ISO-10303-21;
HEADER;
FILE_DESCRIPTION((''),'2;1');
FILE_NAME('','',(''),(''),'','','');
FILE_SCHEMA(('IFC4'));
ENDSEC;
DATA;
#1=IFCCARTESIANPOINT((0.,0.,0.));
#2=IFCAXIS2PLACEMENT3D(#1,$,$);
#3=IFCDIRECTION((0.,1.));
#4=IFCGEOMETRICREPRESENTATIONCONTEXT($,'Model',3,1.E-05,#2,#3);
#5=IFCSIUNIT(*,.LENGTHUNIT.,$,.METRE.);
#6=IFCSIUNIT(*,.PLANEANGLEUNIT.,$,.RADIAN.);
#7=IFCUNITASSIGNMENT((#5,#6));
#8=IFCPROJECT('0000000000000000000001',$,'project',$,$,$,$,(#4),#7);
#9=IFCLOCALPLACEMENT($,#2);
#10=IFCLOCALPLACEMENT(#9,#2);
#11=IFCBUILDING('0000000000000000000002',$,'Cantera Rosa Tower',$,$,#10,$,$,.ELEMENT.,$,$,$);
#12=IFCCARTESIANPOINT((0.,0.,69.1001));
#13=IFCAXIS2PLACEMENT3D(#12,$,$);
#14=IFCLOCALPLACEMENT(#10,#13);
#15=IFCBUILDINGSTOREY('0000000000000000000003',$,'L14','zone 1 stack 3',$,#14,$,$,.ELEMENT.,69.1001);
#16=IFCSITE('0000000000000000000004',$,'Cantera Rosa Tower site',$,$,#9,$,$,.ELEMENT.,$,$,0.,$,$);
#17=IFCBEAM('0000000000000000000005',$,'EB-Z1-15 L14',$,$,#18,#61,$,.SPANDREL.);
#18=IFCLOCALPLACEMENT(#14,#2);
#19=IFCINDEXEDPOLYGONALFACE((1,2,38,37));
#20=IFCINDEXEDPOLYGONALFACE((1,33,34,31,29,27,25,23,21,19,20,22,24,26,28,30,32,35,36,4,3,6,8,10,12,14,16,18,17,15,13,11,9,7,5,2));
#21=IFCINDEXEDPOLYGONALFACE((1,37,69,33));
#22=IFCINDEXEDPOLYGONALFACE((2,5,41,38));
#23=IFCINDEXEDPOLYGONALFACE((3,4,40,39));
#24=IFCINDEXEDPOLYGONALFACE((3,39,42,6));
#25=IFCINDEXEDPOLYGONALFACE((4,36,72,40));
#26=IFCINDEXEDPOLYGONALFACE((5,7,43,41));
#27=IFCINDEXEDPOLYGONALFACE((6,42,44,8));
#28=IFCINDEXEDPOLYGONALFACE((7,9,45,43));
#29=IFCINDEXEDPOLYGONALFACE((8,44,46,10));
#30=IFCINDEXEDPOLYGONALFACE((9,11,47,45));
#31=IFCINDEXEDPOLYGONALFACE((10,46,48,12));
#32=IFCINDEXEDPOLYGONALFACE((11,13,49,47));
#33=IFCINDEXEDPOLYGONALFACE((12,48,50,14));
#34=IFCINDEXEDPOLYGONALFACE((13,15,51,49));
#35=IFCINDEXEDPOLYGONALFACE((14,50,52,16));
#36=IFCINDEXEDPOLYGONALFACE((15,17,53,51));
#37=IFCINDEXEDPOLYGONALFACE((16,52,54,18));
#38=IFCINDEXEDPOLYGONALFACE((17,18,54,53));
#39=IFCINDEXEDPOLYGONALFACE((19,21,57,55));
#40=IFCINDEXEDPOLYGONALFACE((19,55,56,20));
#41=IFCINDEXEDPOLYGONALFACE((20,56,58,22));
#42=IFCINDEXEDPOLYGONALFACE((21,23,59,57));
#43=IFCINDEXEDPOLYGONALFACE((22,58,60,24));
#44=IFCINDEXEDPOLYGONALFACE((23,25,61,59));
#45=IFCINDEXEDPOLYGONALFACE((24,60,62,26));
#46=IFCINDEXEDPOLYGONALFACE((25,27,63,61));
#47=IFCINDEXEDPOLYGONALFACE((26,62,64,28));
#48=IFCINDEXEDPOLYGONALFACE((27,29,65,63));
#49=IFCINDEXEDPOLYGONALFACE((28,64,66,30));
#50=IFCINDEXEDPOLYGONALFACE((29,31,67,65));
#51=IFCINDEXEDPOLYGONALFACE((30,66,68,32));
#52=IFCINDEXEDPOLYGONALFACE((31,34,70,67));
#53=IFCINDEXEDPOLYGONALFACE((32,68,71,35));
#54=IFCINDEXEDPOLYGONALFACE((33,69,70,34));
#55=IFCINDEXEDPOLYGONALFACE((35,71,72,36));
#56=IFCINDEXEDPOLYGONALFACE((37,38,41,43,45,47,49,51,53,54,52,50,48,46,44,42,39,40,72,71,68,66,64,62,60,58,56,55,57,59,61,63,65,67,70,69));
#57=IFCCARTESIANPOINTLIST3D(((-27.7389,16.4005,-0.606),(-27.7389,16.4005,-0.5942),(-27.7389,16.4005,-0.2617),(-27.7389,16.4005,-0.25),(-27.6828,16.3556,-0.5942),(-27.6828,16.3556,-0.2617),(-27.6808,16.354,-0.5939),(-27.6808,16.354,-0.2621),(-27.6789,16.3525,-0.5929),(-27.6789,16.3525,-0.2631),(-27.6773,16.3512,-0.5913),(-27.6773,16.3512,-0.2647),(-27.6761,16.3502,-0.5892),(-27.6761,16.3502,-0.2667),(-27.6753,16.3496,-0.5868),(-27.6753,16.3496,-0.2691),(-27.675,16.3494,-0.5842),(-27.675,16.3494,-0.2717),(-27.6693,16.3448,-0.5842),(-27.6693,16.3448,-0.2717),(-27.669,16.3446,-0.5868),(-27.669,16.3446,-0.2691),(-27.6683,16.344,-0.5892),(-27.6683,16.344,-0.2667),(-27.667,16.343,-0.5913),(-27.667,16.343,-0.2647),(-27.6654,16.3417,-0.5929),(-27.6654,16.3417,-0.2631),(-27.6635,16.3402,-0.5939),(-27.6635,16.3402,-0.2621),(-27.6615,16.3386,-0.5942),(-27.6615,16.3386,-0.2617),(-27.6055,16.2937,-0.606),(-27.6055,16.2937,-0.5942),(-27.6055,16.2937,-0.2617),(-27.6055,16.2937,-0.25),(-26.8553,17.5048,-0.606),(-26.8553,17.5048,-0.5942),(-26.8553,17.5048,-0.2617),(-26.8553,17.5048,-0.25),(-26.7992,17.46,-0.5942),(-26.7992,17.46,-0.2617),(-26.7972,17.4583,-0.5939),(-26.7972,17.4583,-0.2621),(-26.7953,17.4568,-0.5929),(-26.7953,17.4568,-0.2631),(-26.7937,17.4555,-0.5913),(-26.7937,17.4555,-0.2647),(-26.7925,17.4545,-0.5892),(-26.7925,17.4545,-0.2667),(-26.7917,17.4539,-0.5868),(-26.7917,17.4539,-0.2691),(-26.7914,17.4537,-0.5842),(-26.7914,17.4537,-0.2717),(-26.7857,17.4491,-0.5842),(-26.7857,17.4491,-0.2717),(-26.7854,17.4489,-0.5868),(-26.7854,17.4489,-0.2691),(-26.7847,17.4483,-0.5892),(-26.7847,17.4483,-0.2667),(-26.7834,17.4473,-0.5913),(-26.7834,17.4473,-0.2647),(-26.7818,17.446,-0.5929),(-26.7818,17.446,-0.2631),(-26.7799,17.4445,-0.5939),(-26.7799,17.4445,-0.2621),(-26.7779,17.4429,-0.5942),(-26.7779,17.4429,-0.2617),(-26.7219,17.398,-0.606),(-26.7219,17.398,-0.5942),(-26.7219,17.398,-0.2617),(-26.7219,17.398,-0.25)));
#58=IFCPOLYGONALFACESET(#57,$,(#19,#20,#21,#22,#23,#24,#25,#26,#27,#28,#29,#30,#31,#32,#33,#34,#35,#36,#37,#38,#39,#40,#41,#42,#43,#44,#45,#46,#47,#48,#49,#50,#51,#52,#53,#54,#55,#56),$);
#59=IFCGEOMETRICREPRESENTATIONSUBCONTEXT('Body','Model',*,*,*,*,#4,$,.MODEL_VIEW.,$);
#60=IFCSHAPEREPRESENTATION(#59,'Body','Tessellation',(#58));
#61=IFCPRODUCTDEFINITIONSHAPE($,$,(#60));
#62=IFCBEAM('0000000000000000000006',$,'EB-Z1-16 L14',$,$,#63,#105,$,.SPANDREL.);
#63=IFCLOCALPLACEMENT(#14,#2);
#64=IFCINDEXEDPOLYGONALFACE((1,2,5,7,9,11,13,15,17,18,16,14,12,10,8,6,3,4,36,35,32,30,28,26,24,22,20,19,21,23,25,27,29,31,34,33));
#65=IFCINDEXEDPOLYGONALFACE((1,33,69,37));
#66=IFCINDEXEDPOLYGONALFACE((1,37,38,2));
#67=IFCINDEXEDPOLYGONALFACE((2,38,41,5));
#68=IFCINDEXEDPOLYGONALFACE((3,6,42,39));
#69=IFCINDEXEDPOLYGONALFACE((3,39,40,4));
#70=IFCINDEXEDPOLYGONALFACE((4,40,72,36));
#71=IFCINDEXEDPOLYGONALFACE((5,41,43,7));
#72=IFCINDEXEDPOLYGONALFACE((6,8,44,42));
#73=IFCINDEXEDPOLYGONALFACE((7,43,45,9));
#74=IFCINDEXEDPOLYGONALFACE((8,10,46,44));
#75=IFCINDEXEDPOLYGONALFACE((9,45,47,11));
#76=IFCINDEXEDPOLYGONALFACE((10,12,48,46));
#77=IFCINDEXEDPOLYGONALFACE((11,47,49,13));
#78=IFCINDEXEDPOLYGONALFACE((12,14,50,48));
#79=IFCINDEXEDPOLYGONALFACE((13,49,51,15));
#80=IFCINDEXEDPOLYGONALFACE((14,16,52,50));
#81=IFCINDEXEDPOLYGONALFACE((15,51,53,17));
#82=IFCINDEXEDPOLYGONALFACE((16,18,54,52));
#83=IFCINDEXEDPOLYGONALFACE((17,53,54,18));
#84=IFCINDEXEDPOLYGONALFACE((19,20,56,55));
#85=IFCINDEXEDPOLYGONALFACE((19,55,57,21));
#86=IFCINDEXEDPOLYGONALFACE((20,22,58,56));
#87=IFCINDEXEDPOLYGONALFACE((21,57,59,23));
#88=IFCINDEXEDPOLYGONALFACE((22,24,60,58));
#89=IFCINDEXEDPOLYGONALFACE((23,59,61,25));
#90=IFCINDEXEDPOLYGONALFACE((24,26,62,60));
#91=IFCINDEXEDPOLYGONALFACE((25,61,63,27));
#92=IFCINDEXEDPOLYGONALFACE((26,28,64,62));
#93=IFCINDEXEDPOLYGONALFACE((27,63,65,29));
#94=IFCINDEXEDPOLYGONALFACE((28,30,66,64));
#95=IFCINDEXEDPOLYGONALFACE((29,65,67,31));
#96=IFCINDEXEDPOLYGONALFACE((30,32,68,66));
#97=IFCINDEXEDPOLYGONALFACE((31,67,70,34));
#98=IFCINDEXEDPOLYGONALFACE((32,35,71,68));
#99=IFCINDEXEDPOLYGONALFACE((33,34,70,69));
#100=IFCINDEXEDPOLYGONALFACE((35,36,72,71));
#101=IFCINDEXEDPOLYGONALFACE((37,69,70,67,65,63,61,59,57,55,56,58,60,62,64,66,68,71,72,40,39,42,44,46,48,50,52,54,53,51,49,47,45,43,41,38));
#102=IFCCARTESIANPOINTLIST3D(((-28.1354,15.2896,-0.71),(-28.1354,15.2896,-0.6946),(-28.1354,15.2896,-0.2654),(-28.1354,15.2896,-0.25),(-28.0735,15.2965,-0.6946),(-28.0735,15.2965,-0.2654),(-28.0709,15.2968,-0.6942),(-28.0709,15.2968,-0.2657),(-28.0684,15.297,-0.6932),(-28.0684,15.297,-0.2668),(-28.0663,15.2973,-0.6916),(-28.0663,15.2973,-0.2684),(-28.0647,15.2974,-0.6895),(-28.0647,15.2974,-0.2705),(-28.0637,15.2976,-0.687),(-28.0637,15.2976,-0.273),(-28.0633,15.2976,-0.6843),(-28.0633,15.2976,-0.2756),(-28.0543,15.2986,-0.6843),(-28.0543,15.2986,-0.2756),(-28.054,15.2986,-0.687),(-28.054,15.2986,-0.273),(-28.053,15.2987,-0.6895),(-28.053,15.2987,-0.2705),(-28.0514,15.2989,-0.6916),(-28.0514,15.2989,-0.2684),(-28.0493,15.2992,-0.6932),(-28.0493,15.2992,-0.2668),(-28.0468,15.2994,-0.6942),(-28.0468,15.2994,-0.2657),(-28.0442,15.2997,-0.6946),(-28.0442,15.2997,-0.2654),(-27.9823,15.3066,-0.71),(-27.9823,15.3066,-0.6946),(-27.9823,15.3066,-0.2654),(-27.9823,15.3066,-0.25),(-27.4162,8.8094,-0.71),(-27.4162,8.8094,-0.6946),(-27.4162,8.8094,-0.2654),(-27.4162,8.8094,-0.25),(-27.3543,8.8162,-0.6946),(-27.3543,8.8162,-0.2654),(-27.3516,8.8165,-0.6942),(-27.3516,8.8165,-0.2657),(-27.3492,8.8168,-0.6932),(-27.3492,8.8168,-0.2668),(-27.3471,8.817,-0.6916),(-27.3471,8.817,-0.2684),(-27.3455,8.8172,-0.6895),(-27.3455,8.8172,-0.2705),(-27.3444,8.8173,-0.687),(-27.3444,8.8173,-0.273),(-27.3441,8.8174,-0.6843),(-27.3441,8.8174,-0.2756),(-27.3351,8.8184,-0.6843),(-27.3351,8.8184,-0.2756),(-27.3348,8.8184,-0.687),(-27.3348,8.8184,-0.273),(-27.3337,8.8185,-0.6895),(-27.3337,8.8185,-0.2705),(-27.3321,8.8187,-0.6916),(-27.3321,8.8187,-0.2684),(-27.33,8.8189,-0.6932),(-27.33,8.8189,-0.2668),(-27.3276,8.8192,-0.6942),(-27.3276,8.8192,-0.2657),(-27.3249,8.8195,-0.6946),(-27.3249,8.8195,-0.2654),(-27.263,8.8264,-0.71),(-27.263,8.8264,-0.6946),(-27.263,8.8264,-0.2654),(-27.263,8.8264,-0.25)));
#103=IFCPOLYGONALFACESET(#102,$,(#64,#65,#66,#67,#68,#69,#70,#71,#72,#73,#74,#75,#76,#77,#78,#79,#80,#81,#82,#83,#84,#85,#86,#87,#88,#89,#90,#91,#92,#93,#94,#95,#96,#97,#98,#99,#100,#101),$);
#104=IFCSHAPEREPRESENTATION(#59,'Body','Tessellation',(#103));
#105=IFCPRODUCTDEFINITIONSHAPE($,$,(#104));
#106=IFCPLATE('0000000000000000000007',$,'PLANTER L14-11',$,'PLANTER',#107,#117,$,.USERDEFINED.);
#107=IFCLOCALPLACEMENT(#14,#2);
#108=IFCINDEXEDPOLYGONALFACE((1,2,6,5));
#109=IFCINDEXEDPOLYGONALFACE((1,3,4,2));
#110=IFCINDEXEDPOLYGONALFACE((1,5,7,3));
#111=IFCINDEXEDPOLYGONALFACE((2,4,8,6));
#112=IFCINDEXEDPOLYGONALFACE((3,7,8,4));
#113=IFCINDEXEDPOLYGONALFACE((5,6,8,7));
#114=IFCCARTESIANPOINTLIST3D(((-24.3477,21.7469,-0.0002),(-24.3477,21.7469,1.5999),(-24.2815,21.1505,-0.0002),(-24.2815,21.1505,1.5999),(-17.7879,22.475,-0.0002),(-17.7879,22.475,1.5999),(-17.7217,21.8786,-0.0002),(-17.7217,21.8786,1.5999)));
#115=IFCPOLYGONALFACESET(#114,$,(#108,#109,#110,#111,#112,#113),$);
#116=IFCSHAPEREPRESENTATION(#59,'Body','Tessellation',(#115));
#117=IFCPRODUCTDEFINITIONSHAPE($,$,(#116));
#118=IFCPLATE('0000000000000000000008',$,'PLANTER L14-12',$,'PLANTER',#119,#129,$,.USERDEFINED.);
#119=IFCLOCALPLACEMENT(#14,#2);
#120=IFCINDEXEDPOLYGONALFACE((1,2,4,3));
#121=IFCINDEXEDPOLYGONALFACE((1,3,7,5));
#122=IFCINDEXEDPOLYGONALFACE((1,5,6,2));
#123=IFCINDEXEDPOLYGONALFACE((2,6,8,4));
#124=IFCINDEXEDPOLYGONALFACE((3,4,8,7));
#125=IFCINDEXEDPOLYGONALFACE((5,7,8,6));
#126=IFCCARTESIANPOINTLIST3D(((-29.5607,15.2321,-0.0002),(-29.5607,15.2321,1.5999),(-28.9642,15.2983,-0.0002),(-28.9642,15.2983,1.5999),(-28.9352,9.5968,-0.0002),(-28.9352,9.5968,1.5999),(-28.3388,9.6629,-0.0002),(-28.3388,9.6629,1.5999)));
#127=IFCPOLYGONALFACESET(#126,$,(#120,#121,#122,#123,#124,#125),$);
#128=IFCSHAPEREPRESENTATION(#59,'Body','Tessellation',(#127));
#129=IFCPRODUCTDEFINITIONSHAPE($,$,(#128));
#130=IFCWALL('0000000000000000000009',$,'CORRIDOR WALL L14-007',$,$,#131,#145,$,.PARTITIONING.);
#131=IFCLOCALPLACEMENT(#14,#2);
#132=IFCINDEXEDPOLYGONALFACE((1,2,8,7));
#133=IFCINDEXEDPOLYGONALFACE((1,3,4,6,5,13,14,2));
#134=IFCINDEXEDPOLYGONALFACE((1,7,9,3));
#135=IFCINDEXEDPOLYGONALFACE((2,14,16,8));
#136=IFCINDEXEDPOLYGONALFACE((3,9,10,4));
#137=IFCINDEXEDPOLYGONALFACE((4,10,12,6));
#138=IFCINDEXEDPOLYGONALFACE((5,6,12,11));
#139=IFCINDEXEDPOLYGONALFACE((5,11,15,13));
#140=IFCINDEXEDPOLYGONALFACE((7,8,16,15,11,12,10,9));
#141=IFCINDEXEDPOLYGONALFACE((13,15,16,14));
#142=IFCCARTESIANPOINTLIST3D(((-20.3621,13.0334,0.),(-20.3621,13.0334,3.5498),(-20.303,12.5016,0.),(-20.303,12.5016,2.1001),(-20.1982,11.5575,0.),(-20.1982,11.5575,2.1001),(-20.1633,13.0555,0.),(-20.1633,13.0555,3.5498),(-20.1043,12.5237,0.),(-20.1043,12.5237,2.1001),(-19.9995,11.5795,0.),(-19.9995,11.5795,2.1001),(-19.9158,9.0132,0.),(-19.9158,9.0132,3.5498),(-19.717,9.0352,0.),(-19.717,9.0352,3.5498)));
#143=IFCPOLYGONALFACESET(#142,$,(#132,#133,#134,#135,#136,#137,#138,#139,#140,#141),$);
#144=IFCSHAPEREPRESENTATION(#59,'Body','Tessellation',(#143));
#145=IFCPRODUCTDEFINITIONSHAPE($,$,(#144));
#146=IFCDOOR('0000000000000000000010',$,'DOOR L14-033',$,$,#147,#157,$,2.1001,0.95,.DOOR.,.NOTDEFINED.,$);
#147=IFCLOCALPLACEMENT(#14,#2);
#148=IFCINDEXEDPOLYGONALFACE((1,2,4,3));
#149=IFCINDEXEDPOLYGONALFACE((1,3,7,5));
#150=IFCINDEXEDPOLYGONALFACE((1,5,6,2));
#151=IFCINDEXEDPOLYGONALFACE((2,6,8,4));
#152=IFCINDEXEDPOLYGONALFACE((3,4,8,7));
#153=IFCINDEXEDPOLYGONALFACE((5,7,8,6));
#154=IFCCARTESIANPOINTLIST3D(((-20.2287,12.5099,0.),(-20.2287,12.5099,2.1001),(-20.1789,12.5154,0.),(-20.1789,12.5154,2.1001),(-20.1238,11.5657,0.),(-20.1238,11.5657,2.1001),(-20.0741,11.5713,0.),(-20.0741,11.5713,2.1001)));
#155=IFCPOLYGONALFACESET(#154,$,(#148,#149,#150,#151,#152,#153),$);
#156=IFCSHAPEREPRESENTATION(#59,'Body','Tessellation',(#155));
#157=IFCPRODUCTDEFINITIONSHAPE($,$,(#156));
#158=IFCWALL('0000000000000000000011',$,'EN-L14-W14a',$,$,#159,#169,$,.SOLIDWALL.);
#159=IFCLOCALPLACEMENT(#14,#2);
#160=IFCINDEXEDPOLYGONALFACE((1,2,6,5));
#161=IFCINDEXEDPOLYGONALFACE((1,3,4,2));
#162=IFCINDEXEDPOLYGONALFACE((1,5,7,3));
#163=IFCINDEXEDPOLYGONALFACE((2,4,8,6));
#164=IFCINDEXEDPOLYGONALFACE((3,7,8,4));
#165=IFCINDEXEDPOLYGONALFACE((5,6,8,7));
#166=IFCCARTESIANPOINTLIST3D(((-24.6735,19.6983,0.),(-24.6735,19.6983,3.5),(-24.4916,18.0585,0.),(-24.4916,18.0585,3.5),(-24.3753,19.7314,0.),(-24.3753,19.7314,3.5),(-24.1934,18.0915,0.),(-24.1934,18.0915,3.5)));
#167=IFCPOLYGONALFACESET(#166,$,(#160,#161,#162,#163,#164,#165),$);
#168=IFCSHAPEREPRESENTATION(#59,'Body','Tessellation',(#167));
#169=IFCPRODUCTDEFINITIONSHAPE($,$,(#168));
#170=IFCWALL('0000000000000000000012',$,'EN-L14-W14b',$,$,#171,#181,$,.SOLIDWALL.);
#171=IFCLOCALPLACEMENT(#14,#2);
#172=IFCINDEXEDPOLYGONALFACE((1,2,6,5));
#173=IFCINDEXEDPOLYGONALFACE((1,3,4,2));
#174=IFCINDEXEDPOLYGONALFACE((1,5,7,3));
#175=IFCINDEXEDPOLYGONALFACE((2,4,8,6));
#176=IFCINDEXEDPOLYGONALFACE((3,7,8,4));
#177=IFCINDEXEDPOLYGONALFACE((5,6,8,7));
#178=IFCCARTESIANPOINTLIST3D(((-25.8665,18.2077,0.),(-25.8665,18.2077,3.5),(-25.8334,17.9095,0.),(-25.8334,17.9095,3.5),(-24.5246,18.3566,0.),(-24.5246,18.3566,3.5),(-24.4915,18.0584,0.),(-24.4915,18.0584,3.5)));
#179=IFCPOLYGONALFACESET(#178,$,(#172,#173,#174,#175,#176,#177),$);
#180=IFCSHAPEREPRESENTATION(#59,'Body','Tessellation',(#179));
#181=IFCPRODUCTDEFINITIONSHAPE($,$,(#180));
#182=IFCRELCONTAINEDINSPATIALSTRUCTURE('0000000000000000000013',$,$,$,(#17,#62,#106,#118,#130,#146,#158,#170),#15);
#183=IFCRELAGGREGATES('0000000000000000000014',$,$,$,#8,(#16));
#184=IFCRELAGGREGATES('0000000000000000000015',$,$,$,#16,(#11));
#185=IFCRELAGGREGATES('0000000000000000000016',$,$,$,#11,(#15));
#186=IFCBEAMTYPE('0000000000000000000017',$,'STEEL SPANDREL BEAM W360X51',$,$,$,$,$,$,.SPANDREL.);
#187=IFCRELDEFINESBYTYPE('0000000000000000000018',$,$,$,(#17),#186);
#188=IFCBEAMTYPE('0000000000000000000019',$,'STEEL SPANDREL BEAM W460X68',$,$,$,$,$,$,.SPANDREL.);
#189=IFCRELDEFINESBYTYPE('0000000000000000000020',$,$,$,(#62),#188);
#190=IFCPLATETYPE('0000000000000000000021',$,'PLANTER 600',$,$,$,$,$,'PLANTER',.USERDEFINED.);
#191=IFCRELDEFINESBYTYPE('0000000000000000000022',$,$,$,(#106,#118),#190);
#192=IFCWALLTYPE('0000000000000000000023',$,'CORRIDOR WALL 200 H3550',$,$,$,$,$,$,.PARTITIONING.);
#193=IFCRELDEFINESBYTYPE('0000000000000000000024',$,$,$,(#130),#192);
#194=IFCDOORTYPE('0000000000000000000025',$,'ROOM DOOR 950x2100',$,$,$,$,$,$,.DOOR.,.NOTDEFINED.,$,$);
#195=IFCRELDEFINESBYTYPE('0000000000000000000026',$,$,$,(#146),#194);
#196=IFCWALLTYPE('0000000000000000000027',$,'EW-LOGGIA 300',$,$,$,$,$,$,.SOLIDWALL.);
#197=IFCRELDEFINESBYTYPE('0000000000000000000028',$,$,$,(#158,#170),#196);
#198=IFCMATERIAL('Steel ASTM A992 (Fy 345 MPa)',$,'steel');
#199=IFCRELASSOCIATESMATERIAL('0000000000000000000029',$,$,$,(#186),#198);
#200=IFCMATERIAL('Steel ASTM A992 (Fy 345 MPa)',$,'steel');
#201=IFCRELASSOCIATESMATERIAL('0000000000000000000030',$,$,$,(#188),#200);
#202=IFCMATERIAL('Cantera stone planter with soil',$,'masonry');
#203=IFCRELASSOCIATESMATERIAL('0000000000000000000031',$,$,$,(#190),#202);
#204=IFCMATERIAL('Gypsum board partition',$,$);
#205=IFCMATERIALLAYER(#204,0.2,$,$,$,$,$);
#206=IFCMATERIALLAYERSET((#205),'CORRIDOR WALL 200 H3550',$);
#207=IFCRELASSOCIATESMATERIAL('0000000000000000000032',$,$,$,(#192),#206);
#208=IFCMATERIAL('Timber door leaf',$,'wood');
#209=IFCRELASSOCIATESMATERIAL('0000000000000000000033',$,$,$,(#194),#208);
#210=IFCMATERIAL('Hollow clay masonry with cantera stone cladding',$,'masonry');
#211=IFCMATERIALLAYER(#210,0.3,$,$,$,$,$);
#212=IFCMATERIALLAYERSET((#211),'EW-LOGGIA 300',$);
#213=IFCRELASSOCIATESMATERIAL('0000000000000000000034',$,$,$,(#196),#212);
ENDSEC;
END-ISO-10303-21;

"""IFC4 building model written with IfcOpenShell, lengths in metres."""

from ifc_helpers import new_model, si_unit, direction, frame, frame_2d, origin, origin_2d, place, context, subcontext, project, spatial, rectangle, i_section, extrude, material, layer, layer_set, material_profile, profile_set, type_object, element, fill, save


model = new_model("IFC4")

# Units and contexts
model_context = context("Model", 3, precision=1e-05, world=origin(), true_north=direction((0.0, 1.0)))
body_context = subcontext(model_context, "Body", "Model", "MODEL_VIEW")
ifc_project = project(units=[si_unit("LENGTHUNIT", "METRE"), si_unit("PLANEANGLEUNIT", "RADIAN")], contexts=[model_context])

# Site, building, storey
site_placement = place(None, origin())
site = spatial("IfcSite", under=ifc_project, at=site_placement, Name="Cantera Rosa Tower site", CompositionType="ELEMENT", RefElevation=0.0)
building_placement = place(site_placement, origin())
building = spatial("IfcBuilding", under=site, at=building_placement, Name="Cantera Rosa Tower", CompositionType="ELEMENT")
storey_placement = place(building_placement, frame((0.0, 0.0, 69.1001)))
storey = spatial("IfcBuildingStorey", under=building, at=storey_placement, Name="L14", Description="zone 1 stack 3", CompositionType="ELEMENT", Elevation=69.1001)

# Beams
ifc_material_1 = material(Name="Steel ASTM A992 (Fy 345 MPa)", Category="steel")
ifc_material_profile_1 = material_profile(ifc_material_1, i_section(OverallWidth=0.1709, OverallDepth=0.356, WebThickness=0.0073, FlangeThickness=0.0117, FilletRadius=0.01, at=origin_2d()), Name="W360X51")
ifc_profile_set_1 = profile_set([ifc_material_profile_1], Name="Steel ASTM A992 (Fy 345 MPa)")
beam_type_1 = type_object("IfcBeamType", Name="STEEL SPANDREL BEAM W360X51", PredefinedType="SPANDREL", material=ifc_profile_set_1)
for number, where, z_axis, x_axis, name in (
    (1, (-26.7886, 17.4514, -0.428), (-0.624758, -0.780818, 0.0), (0.780818, -0.624758, 0.0), "EB-Z1-15 L14"),
):
    element("IfcBeam", number, at=place(storey_placement, frame(where, z_axis=z_axis, x_axis=x_axis)), inside=storey, type_object=beam_type_1, Name=name, PredefinedType="SPANDREL", context=body_context, shape_type="SweptSolid", body=[
        extrude(i_section(OverallWidth=0.1709, OverallDepth=0.356, WebThickness=0.0073, FlangeThickness=0.0117, FilletRadius=0.01, at=origin_2d()), origin(), (0.0, 0.0, 1.0), 1.4143),
    ])
ifc_material_2 = material(Name="Steel ASTM A992 (Fy 345 MPa)", Category="steel")
ifc_material_profile_2 = material_profile(ifc_material_2, i_section(OverallWidth=0.1541, OverallDepth=0.46, WebThickness=0.009, FlangeThickness=0.0154, FilletRadius=0.0103, at=origin_2d()), Name="W460X68")
ifc_profile_set_2 = profile_set([ifc_material_profile_2], Name="Steel ASTM A992 (Fy 345 MPa)")
beam_type_2 = type_object("IfcBeamType", Name="STEEL SPANDREL BEAM W460X68", PredefinedType="SPANDREL", material=ifc_profile_set_2)
beam_1_placement = place(storey_placement, frame((-28.0588, 15.2981, -0.48), z_axis=(0.110312, -0.993897, 0.0), x_axis=(0.993897, 0.110312, 0.0)))
element("IfcBeam", 2, at=beam_1_placement, inside=storey, type_object=beam_type_2, Name="EB-Z1-16 L14", PredefinedType="SPANDREL", context=body_context, shape_type="SweptSolid", body=[
    extrude(i_section(OverallWidth=0.1541, OverallDepth=0.46, WebThickness=0.009, FlangeThickness=0.0154, FilletRadius=0.0103, at=origin_2d()), origin(), (0.0, 0.0, 1.0), 6.52),
])

# Plates
ifc_material_3 = material(Name="Cantera stone planter with soil", Category="masonry")
plate_type = type_object("IfcPlateType", Name="PLANTER 600", ElementType="PLANTER", PredefinedType="USERDEFINED", material=ifc_material_3)
plate_1_placement = place(storey_placement, frame((-21.0347, 21.8127, -0.0002), z_axis=(0.0, 0.0, 1.0), x_axis=(-0.993897, -0.110313, 0.0)))
element("IfcPlate", 3, at=plate_1_placement, inside=storey, type_object=plate_type, Name="PLANTER L14-11", ObjectType="PLANTER", PredefinedType="USERDEFINED", context=body_context, shape_type="SweptSolid", body=[
    extrude(rectangle(XDim=6.6001, YDim=0.6001, at=origin_2d()), origin(), (0.0, 0.0, 1.0), 1.6001),
])
plate_2_placement = place(storey_placement, frame((-28.9497, 12.4475, -0.0002), z_axis=(0.0, 0.0, 1.0), x_axis=(0.110313, -0.993897, 0.0)))
element("IfcPlate", 4, at=plate_2_placement, inside=storey, type_object=plate_type, Name="PLANTER L14-12", ObjectType="PLANTER", PredefinedType="USERDEFINED", context=body_context, shape_type="SweptSolid", body=[
    extrude(rectangle(XDim=5.6699, YDim=0.6001, at=origin_2d()), origin(), (0.0, 0.0, 1.0), 1.6001),
])

# Wall, opening, door
ifc_material_4 = material(Name="Gypsum board partition")
ifc_layer_1 = layer(ifc_material_4, 0.2)
ifc_layer_set_1 = layer_set([ifc_layer_1], Name="CORRIDOR WALL 200 H3550")
wall_type_1 = type_object("IfcWallType", Name="CORRIDOR WALL 200 H3550", PredefinedType="PARTITIONING", material=ifc_layer_set_1)
wall_1_placement = place(storey_placement, frame((-20.2627, 13.0444, 0.0), z_axis=(0.0, 0.0, 1.0), x_axis=(0.110332, -0.993895, 0.0)))
wall_1 = element("IfcWall", 5, at=wall_1_placement, inside=storey, type_object=wall_type_1, Name="CORRIDOR WALL L14-007", PredefinedType="PARTITIONING", context=body_context, shape_type="SweptSolid", body=[
    extrude(rectangle(XDim=4.0449, YDim=0.2, at=frame_2d((2.0225, 0.0))), origin(), (0.0, 0.0, 1.0), 3.5498),
])
opening_1_placement = place(wall_1_placement, frame((0.5349, 0.0, 0.0)))
opening_1 = element("IfcOpeningElement", 6, at=opening_1_placement, cuts=wall_1, PredefinedType="OPENING", context=body_context, shape_type="SweptSolid", body=[
    extrude(rectangle(XDim=0.95, YDim=2.1001, at=frame_2d((0.4751, 1.05))), frame((0.0, 0.1099, 0.0), z_axis=(0.0, -1.0, 0.0), x_axis=(1.0, 0.0, 0.0)), (0.0, 0.0, 1.0), 0.22),
])
ifc_material_5 = material(Name="Timber door leaf", Category="wood")
door_type_1 = type_object("IfcDoorType", Name="ROOM DOOR 950x2100", OperationType="NOTDEFINED", PredefinedType="DOOR", material=ifc_material_5)
door_1_placement = place(opening_1_placement, origin())
door_1 = element("IfcDoor", 7, at=door_1_placement, inside=storey, type_object=door_type_1, Name="DOOR L14-033", OperationType="NOTDEFINED", OverallHeight=2.1001, OverallWidth=0.95, PredefinedType="DOOR", context=body_context, shape_type="SweptSolid", body=[
    extrude(rectangle(XDim=0.95, YDim=2.1001, at=frame_2d((0.4751, 1.05))), frame((0.0, 0.0249, 0.0), z_axis=(0.0, -1.0, 0.0), x_axis=(1.0, 0.0, 0.0)), (0.0, 0.0, 1.0), 0.05),
])
fill(opening_1, door_1)

# Walls
ifc_material_6 = material(Name="Hollow clay masonry with cantera stone cladding", Category="masonry")
ifc_layer_2 = layer(ifc_material_6, 0.3)
ifc_layer_set_2 = layer_set([ifc_layer_2], Name="EW-LOGGIA 300")
wall_type_2 = type_object("IfcWallType", Name="EW-LOGGIA 300", PredefinedType="SOLIDWALL", material=ifc_layer_set_2)
wall_2_placement = place(storey_placement, frame((-24.5244, 19.7148, 0.0), z_axis=(0.0, 0.0, 1.0), x_axis=(0.110237, -0.993905, 0.0)))
element("IfcWall", 8, at=wall_2_placement, inside=storey, type_object=wall_type_2, Name="EN-L14-W14a", PredefinedType="SOLIDWALL", context=body_context, shape_type="SweptSolid", body=[
    extrude(rectangle(XDim=1.6499, YDim=0.3, at=frame_2d((0.825, 0.0))), origin(), (0.0, 0.0, 1.0), 3.5),
])
wall_3_placement = place(storey_placement, frame((-24.5081, 18.2075, 0.0), z_axis=(0.0, 0.0, 1.0), x_axis=(-0.993897, -0.110312, 0.0)))
element("IfcWall", 9, at=wall_3_placement, inside=storey, type_object=wall_type_2, Name="EN-L14-W14b", PredefinedType="SOLIDWALL", context=body_context, shape_type="SweptSolid", body=[
    extrude(rectangle(XDim=1.3501, YDim=0.3, at=frame_2d((0.675, 0.0))), origin(), (0.0, 0.0, 1.0), 3.5),
])

save(model, "model.ifc")
